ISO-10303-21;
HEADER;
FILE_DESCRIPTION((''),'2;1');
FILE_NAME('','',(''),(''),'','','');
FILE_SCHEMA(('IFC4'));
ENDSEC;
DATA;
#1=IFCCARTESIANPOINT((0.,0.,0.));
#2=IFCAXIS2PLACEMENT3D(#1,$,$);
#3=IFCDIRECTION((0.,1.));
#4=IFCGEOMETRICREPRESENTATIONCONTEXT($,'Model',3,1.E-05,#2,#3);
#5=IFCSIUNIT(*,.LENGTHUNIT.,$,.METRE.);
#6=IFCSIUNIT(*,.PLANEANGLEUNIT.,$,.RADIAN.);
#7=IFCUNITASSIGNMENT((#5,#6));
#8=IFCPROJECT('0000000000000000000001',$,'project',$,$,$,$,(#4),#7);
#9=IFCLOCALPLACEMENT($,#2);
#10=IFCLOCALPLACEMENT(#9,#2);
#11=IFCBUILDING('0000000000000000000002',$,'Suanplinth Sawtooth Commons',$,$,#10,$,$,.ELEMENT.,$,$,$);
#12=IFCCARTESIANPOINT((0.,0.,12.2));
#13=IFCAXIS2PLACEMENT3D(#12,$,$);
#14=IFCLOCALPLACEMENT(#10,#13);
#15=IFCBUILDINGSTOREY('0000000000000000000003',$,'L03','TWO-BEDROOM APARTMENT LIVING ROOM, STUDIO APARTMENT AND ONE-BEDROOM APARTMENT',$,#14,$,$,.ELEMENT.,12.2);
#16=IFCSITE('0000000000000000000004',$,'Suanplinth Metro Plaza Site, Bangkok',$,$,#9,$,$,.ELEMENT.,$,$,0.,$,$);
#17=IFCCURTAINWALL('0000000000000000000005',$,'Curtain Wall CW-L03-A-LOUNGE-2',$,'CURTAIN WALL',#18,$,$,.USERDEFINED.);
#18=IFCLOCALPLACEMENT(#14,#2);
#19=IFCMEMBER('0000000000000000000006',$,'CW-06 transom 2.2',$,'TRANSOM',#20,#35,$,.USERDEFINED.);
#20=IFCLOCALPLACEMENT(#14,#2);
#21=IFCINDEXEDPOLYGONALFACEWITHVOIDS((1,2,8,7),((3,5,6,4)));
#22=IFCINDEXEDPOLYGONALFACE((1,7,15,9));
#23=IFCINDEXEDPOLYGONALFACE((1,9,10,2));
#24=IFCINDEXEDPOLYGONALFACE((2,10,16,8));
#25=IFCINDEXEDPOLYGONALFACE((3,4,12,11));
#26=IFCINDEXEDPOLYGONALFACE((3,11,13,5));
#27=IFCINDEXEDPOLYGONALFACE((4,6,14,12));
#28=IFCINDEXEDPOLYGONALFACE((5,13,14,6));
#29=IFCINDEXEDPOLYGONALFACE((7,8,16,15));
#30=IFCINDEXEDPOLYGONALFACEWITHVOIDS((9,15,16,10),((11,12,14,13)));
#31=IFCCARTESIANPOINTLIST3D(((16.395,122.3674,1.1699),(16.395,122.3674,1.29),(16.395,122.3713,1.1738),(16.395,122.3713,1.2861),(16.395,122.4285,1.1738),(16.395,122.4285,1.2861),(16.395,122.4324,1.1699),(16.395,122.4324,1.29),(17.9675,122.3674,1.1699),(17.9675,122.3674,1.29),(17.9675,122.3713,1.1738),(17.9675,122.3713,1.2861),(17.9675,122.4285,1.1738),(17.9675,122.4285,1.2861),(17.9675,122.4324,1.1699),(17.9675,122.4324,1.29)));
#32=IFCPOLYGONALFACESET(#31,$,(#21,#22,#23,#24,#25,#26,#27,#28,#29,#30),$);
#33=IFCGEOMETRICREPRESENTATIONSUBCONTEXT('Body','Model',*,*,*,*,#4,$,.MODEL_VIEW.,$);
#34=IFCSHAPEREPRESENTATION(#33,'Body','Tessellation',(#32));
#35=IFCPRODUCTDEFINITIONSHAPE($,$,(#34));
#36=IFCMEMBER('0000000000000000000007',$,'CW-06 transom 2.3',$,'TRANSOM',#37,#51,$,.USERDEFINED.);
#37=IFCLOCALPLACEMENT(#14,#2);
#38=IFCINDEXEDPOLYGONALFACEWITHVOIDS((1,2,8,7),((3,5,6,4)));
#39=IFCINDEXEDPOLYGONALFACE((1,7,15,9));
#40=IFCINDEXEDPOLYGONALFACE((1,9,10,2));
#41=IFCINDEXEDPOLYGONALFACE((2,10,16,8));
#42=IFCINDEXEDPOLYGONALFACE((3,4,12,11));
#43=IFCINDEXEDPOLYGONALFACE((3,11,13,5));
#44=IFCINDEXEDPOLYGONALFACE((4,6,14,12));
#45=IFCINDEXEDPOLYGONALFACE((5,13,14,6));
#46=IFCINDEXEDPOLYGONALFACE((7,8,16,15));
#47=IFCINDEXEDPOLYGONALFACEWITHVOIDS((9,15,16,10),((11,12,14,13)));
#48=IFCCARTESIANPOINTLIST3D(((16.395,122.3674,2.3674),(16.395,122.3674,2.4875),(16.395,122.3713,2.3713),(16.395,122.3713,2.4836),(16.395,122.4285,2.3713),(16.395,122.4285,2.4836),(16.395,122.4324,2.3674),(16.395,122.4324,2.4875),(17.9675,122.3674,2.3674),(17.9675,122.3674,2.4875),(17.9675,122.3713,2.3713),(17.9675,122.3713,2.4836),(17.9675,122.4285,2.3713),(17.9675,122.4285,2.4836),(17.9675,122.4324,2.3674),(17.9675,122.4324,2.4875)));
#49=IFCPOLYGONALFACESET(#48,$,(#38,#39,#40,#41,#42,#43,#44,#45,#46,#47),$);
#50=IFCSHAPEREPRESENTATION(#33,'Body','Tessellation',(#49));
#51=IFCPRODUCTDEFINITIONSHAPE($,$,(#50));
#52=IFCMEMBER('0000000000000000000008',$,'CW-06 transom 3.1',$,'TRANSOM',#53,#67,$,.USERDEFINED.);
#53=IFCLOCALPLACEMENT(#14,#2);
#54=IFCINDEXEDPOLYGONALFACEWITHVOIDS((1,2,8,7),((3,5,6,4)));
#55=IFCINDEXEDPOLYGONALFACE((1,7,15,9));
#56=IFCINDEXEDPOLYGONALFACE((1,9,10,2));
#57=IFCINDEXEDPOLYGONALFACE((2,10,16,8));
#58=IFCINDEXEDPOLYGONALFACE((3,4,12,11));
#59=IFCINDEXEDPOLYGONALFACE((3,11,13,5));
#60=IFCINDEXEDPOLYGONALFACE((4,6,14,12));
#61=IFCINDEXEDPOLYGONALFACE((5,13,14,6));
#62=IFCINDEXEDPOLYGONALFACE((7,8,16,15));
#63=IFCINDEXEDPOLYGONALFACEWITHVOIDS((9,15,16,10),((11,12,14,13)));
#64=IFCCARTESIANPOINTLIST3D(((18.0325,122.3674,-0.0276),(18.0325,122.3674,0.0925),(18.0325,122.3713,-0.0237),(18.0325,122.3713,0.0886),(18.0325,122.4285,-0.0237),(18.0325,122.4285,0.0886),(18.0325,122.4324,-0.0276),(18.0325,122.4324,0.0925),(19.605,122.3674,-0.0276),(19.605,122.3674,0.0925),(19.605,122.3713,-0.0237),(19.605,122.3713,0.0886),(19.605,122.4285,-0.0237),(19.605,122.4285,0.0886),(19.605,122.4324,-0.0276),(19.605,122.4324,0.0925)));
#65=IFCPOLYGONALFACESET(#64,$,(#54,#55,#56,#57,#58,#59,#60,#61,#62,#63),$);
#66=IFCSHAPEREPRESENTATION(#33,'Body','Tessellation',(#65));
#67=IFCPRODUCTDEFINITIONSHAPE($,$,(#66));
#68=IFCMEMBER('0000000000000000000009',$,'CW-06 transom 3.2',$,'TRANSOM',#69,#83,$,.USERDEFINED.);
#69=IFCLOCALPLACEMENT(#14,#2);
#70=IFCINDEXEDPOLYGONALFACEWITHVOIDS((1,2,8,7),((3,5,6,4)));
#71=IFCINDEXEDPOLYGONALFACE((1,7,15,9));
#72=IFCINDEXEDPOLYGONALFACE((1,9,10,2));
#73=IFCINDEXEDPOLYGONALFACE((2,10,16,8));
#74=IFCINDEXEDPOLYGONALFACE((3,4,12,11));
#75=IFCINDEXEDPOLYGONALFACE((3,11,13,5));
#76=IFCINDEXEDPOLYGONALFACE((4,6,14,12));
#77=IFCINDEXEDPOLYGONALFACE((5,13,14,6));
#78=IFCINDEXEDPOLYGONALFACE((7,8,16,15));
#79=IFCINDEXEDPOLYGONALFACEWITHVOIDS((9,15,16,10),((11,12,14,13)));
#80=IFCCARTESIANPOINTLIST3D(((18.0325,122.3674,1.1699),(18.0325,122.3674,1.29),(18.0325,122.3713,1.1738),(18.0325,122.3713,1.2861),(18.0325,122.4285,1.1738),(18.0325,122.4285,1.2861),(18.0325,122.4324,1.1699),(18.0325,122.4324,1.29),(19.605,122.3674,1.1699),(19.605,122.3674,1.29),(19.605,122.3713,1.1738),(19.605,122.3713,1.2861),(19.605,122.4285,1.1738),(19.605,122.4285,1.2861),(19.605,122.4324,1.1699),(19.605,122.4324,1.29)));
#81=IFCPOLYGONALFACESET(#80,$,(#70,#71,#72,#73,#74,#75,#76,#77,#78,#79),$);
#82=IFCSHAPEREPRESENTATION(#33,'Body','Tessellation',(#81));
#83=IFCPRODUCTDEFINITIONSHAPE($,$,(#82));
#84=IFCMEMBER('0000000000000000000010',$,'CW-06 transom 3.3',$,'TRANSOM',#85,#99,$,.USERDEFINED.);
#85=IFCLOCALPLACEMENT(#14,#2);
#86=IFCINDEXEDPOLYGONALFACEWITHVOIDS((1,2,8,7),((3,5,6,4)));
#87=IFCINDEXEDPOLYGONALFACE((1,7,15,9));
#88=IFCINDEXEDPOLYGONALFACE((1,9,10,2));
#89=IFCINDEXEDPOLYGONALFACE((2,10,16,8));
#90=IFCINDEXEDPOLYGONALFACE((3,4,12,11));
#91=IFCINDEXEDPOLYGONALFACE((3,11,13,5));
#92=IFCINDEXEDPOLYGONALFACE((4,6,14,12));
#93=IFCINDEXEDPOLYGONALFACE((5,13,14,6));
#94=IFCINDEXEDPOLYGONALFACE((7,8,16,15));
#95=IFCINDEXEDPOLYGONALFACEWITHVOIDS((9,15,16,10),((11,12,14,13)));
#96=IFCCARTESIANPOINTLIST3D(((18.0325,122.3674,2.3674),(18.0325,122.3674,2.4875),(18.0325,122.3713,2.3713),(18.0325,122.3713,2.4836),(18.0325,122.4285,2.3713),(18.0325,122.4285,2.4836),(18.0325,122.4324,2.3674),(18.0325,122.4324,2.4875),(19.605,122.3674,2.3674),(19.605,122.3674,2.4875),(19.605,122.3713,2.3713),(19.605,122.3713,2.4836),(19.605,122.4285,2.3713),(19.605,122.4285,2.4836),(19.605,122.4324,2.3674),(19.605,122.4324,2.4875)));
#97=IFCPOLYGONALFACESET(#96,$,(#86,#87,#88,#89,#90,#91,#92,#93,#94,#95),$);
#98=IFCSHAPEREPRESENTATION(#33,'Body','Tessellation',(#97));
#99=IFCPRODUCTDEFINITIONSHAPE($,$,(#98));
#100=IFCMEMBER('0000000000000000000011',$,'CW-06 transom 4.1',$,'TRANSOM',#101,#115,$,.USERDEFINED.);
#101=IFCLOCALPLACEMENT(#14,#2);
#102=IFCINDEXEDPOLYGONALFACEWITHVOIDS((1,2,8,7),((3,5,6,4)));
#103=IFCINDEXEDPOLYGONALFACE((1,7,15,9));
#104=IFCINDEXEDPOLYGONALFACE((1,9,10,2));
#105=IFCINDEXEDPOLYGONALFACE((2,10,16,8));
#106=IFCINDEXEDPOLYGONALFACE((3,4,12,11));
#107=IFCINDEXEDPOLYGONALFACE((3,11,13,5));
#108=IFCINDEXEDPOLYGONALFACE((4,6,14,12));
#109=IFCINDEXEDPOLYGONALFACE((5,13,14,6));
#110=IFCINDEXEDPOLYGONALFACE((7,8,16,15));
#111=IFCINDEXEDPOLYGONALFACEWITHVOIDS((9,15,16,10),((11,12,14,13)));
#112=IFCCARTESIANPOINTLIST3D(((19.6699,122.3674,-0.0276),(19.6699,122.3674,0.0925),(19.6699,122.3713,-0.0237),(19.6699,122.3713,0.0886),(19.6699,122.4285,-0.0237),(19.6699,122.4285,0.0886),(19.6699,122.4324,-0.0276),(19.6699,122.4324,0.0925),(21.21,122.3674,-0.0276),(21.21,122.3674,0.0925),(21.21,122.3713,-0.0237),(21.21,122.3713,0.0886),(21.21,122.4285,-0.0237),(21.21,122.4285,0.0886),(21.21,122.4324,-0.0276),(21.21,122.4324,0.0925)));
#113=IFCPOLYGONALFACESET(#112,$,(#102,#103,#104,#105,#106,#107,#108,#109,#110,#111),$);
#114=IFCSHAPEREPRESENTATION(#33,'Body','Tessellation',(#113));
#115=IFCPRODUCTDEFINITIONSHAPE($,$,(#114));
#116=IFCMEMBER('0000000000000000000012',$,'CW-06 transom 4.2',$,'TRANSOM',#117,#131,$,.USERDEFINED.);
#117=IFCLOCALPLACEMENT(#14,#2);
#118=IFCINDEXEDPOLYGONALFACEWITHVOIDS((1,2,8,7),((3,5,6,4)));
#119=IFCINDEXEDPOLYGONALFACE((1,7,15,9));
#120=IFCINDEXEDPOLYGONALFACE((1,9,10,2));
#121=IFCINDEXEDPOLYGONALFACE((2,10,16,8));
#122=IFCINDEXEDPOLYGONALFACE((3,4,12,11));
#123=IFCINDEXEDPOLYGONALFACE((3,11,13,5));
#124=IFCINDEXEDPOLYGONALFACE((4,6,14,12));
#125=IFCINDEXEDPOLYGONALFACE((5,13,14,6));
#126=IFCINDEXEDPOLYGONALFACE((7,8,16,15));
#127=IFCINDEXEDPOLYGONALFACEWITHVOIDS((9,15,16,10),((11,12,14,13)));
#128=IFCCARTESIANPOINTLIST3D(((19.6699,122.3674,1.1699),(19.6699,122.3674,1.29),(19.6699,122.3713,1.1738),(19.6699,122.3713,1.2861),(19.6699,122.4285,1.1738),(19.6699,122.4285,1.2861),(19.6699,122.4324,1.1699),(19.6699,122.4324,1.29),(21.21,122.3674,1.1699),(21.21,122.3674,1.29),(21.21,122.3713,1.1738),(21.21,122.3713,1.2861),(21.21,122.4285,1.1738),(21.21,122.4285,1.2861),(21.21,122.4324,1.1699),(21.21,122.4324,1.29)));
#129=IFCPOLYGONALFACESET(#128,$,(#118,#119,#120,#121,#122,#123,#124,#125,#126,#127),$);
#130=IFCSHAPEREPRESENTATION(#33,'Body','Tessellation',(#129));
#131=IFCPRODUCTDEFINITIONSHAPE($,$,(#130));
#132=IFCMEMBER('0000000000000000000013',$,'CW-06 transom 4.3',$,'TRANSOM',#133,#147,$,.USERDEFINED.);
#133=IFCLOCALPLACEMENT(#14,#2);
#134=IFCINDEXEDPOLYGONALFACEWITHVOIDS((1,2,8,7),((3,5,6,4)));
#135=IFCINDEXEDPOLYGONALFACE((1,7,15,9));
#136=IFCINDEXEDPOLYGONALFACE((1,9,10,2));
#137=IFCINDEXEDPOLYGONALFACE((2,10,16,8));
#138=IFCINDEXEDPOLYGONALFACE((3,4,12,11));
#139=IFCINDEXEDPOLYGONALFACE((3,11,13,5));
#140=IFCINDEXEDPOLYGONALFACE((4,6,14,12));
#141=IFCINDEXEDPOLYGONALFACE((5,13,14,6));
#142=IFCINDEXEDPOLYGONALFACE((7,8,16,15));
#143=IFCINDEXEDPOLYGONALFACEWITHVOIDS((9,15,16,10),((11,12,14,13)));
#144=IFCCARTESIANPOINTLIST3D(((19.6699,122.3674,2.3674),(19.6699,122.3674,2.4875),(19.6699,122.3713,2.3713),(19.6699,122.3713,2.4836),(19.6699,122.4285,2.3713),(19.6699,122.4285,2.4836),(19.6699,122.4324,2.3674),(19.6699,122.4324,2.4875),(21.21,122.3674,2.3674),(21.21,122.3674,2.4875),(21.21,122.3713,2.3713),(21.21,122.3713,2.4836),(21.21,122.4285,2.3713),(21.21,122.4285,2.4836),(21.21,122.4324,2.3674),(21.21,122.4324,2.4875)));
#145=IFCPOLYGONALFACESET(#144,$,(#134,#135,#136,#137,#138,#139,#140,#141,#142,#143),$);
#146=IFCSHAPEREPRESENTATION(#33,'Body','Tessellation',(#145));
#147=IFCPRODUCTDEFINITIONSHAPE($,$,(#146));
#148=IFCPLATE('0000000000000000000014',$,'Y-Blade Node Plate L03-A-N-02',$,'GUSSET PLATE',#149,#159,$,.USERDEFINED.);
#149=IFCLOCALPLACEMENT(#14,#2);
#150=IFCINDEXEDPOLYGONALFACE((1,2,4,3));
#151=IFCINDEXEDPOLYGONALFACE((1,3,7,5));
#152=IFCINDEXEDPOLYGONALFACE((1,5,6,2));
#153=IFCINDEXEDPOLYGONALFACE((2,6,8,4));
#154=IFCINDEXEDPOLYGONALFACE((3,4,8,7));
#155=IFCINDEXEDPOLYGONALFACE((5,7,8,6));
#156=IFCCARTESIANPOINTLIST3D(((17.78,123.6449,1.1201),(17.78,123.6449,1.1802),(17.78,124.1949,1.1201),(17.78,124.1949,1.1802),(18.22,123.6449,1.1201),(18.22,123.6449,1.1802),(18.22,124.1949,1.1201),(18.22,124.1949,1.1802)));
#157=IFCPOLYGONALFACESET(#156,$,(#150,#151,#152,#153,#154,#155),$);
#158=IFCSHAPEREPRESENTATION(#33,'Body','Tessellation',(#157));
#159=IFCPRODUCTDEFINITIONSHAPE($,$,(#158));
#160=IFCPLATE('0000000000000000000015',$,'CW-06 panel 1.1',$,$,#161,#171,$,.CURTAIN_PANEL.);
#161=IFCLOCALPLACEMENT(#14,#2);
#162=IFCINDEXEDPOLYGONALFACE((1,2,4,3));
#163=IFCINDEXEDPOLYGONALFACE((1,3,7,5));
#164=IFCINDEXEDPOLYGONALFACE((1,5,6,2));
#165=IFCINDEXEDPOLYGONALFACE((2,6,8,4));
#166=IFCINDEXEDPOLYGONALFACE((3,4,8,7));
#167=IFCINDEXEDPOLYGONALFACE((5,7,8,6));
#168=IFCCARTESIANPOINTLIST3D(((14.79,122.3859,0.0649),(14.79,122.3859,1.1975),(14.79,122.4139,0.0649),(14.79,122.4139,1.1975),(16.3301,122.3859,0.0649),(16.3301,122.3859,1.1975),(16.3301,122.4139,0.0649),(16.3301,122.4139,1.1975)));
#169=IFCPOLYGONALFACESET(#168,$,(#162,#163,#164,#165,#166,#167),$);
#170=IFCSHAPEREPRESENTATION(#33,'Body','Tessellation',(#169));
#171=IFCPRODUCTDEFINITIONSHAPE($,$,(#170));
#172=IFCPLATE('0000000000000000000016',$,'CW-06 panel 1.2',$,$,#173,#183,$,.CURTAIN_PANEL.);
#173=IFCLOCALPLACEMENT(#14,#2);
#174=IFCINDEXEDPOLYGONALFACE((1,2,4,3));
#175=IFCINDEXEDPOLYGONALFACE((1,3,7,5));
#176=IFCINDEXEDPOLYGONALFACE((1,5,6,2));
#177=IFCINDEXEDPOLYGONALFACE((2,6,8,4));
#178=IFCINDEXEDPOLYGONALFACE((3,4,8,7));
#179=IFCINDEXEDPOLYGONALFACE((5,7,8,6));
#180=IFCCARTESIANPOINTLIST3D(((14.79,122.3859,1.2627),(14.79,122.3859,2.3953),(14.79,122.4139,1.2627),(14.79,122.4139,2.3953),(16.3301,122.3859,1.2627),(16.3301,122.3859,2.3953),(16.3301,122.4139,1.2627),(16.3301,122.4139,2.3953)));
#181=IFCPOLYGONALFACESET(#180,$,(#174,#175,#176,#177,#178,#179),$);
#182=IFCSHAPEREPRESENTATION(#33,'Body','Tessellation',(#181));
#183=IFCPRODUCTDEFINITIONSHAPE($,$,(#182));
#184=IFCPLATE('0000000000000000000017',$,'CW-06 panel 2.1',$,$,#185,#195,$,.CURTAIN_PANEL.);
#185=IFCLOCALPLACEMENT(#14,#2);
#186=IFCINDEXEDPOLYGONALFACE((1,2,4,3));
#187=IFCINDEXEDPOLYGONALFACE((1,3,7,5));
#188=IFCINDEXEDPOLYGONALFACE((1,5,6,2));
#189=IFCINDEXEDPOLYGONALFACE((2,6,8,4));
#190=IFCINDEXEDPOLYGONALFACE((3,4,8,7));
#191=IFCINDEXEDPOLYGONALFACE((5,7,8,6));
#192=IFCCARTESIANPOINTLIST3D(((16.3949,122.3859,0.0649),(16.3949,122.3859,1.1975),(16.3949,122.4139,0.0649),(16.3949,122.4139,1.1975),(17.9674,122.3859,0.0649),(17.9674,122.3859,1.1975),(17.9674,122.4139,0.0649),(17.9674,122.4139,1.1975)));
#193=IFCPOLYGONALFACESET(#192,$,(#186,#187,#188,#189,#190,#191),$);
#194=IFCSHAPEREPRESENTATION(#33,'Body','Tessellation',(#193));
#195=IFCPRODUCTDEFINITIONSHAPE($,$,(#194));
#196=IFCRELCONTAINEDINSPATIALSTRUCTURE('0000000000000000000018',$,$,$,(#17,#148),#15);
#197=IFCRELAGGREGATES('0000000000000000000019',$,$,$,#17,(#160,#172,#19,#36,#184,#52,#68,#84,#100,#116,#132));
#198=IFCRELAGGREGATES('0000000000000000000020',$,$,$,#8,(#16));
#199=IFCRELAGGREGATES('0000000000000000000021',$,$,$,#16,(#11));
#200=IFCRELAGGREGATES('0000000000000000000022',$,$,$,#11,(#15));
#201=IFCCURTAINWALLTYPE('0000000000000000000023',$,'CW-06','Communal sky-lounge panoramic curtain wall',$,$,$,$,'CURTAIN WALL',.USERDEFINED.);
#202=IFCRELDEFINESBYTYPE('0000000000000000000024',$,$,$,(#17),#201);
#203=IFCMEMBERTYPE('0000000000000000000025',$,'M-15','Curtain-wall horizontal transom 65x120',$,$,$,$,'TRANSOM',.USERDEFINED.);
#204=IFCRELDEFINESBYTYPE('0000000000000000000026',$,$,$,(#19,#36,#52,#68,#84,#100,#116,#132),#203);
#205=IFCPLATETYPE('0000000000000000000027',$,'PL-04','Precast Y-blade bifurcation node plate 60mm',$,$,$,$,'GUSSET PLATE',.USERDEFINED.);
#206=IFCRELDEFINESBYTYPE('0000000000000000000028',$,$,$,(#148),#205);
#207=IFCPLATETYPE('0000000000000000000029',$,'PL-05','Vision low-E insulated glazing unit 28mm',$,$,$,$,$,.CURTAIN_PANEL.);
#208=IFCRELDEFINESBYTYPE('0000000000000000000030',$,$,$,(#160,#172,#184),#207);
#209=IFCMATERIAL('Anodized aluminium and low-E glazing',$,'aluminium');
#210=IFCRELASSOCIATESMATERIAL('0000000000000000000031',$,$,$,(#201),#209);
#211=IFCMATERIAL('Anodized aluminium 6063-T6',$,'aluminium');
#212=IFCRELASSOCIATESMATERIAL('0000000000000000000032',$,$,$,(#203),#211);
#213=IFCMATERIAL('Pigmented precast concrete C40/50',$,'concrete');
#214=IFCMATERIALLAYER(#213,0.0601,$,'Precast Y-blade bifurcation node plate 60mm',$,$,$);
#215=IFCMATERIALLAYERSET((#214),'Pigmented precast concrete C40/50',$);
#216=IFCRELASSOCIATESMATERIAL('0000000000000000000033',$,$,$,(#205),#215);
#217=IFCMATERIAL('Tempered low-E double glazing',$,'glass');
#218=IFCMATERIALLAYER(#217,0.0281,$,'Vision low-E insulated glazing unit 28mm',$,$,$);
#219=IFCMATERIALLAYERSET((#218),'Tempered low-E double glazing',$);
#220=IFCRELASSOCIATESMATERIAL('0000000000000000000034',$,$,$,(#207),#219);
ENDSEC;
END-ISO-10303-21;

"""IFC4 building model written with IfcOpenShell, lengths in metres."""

from ifc_helpers import new_model, si_unit, direction, frame, origin, origin_2d, place, context, subcontext, project, spatial, rectangle, hollow_rectangle, extrude, material, layer, layer_set, material_profile, profile_set, type_object, element, aggregate, save


model = new_model("IFC4")

# Units and contexts
model_context = context("Model", 3, precision=1e-05, world=origin(), true_north=direction((0.0, 1.0)))
body_context = subcontext(model_context, "Body", "Model", "MODEL_VIEW")
ifc_project = project(units=[si_unit("LENGTHUNIT", "METRE"), si_unit("PLANEANGLEUNIT", "RADIAN")], contexts=[model_context])

# Site, building, storey
site_placement = place(None, origin())
site = spatial("IfcSite", under=ifc_project, at=site_placement, Name="Suanplinth Metro Plaza Site, Bangkok", CompositionType="ELEMENT", RefElevation=0.0)
building_placement = place(site_placement, origin())
building = spatial("IfcBuilding", under=site, at=building_placement, Name="Suanplinth Sawtooth Commons", CompositionType="ELEMENT")
storey_placement = place(building_placement, frame((0.0, 0.0, 12.2)))
storey = spatial("IfcBuildingStorey", under=building, at=storey_placement, Name="L03", Description="TWO-BEDROOM APARTMENT LIVING ROOM, STUDIO APARTMENT AND ONE-BEDROOM APARTMENT", CompositionType="ELEMENT", Elevation=12.2)

# Shared definitions
ifc_material_1 = material(Name="Pigmented precast concrete C40/50", Category="concrete")

# Curtain wall, members
ifc_material_2 = material(Name="Anodized aluminium and low-E glazing", Category="aluminium")
curtain_wall_type = type_object("IfcCurtainWallType", Name="CW-06", Description="Communal sky-lounge panoramic curtain wall", ElementType="CURTAIN WALL", PredefinedType="USERDEFINED", material=ifc_material_2)
curtain_wall_placement = place(storey_placement, origin())
curtain_wall = element("IfcCurtainWall", 1, at=curtain_wall_placement, inside=storey, type_object=curtain_wall_type, Name="Curtain Wall CW-L03-A-LOUNGE-2", ObjectType="CURTAIN WALL", PredefinedType="USERDEFINED")
ifc_material_3 = material(Name="Anodized aluminium 6063-T6", Category="aluminium")
ifc_material_profile_1 = material_profile(ifc_material_3, hollow_rectangle(XDim=0.0649, YDim=0.1201, WallThickness=0.0039, at=origin_2d()), Name="ALU-TRN 65x120")
ifc_profile_set_1 = profile_set([ifc_material_profile_1], Name="Anodized aluminium 6063-T6")
member_type_1 = type_object("IfcMemberType", Name="M-15", Description="Curtain-wall horizontal transom 65x120", ElementType="TRANSOM", PredefinedType="USERDEFINED", material=ifc_profile_set_1)
member_1_placement = place(storey_placement, frame((16.395, 122.3999, 1.23), z_axis=(1.0, 0.0, 0.0), x_axis=(0.0, 1.0, 0.0)))
member_1 = element("IfcMember", 2, at=member_1_placement, type_object=member_type_1, Name="CW-06 transom 2.2", ObjectType="TRANSOM", PredefinedType="USERDEFINED", context=body_context, shape_type="SweptSolid", body=[
    extrude(hollow_rectangle(XDim=0.0649, YDim=0.1201, WallThickness=0.0039, at=origin_2d()), origin(), (0.0, 0.0, 1.0), 1.5725),
])
member_2_placement = place(storey_placement, frame((16.395, 122.3999, 2.4275), z_axis=(1.0, 0.0, 0.0), x_axis=(0.0, 1.0, 0.0)))
member_2 = element("IfcMember", 3, at=member_2_placement, type_object=member_type_1, Name="CW-06 transom 2.3", ObjectType="TRANSOM", PredefinedType="USERDEFINED", context=body_context, shape_type="SweptSolid", body=[
    extrude(hollow_rectangle(XDim=0.0649, YDim=0.1201, WallThickness=0.0039, at=origin_2d()), origin(), (0.0, 0.0, 1.0), 1.5725),
])
member_3_placement = place(storey_placement, frame((18.0325, 122.3999, 0.0325), z_axis=(1.0, 0.0, 0.0), x_axis=(0.0, 1.0, 0.0)))
member_3 = element("IfcMember", 4, at=member_3_placement, type_object=member_type_1, Name="CW-06 transom 3.1", ObjectType="TRANSOM", PredefinedType="USERDEFINED", context=body_context, shape_type="SweptSolid", body=[
    extrude(hollow_rectangle(XDim=0.0649, YDim=0.1201, WallThickness=0.0039, at=origin_2d()), origin(), (0.0, 0.0, 1.0), 1.5725),
])
member_4_placement = place(storey_placement, frame((18.0325, 122.3999, 1.23), z_axis=(1.0, 0.0, 0.0), x_axis=(0.0, 1.0, 0.0)))
member_4 = element("IfcMember", 5, at=member_4_placement, type_object=member_type_1, Name="CW-06 transom 3.2", ObjectType="TRANSOM", PredefinedType="USERDEFINED", context=body_context, shape_type="SweptSolid", body=[
    extrude(hollow_rectangle(XDim=0.0649, YDim=0.1201, WallThickness=0.0039, at=origin_2d()), origin(), (0.0, 0.0, 1.0), 1.5725),
])
member_5_placement = place(storey_placement, frame((18.0325, 122.3999, 2.4275), z_axis=(1.0, 0.0, 0.0), x_axis=(0.0, 1.0, 0.0)))
member_5 = element("IfcMember", 6, at=member_5_placement, type_object=member_type_1, Name="CW-06 transom 3.3", ObjectType="TRANSOM", PredefinedType="USERDEFINED", context=body_context, shape_type="SweptSolid", body=[
    extrude(hollow_rectangle(XDim=0.0649, YDim=0.1201, WallThickness=0.0039, at=origin_2d()), origin(), (0.0, 0.0, 1.0), 1.5725),
])
member_6_placement = place(storey_placement, frame((19.6699, 122.3999, 0.0325), z_axis=(1.0, 0.0, 0.0), x_axis=(0.0, 1.0, 0.0)))
member_6 = element("IfcMember", 7, at=member_6_placement, type_object=member_type_1, Name="CW-06 transom 4.1", ObjectType="TRANSOM", PredefinedType="USERDEFINED", context=body_context, shape_type="SweptSolid", body=[
    extrude(hollow_rectangle(XDim=0.0649, YDim=0.1201, WallThickness=0.0039, at=origin_2d()), origin(), (0.0, 0.0, 1.0), 1.54),
])
member_7_placement = place(storey_placement, frame((19.6699, 122.3999, 1.23), z_axis=(1.0, 0.0, 0.0), x_axis=(0.0, 1.0, 0.0)))
member_7 = element("IfcMember", 8, at=member_7_placement, type_object=member_type_1, Name="CW-06 transom 4.2", ObjectType="TRANSOM", PredefinedType="USERDEFINED", context=body_context, shape_type="SweptSolid", body=[
    extrude(hollow_rectangle(XDim=0.0649, YDim=0.1201, WallThickness=0.0039, at=origin_2d()), origin(), (0.0, 0.0, 1.0), 1.54),
])
member_8_placement = place(storey_placement, frame((19.6699, 122.3999, 2.4275), z_axis=(1.0, 0.0, 0.0), x_axis=(0.0, 1.0, 0.0)))
member_8 = element("IfcMember", 9, at=member_8_placement, type_object=member_type_1, Name="CW-06 transom 4.3", ObjectType="TRANSOM", PredefinedType="USERDEFINED", context=body_context, shape_type="SweptSolid", body=[
    extrude(hollow_rectangle(XDim=0.0649, YDim=0.1201, WallThickness=0.0039, at=origin_2d()), origin(), (0.0, 0.0, 1.0), 1.54),
])

# Plates
ifc_layer_1 = layer(ifc_material_1, 0.0601, Name="Precast Y-blade bifurcation node plate 60mm")
ifc_layer_set_1 = layer_set([ifc_layer_1], Name="Pigmented precast concrete C40/50")
plate_type_1 = type_object("IfcPlateType", Name="PL-04", Description="Precast Y-blade bifurcation node plate 60mm", ElementType="GUSSET PLATE", PredefinedType="USERDEFINED", material=ifc_layer_set_1)
plate_1_placement = place(storey_placement, frame((18.0, 123.9199, 1.1201), z_axis=(0.0, 0.0, 1.0), x_axis=(1.0, 0.0, 0.0)))
element("IfcPlate", 10, at=plate_1_placement, inside=storey, type_object=plate_type_1, Name="Y-Blade Node Plate L03-A-N-02", ObjectType="GUSSET PLATE", PredefinedType="USERDEFINED", context=body_context, shape_type="SweptSolid", body=[
    extrude(rectangle(XDim=0.4399, YDim=0.55, at=origin_2d()), origin(), (0.0, 0.0, 1.0), 0.0601),
])
ifc_material_4 = material(Name="Tempered low-E double glazing", Category="glass")
ifc_layer_2 = layer(ifc_material_4, 0.0281, Name="Vision low-E insulated glazing unit 28mm")
ifc_layer_set_2 = layer_set([ifc_layer_2], Name="Tempered low-E double glazing")
plate_type_2 = type_object("IfcPlateType", Name="PL-05", Description="Vision low-E insulated glazing unit 28mm", PredefinedType="CURTAIN_PANEL", material=ifc_layer_set_2)
plate_2_placement = place(storey_placement, frame((15.5601, 122.3999, 0.0649), z_axis=(0.0, 0.0, 1.0), x_axis=(1.0, 0.0, 0.0)))
plate_2 = element("IfcPlate", 11, at=plate_2_placement, type_object=plate_type_2, Name="CW-06 panel 1.1", PredefinedType="CURTAIN_PANEL", context=body_context, shape_type="SweptSolid", body=[
    extrude(rectangle(XDim=1.54, YDim=0.0281, at=origin_2d()), origin(), (0.0, 0.0, 1.0), 1.1326),
])
plate_3_placement = place(storey_placement, frame((15.5601, 122.3999, 1.2627), z_axis=(0.0, 0.0, 1.0), x_axis=(1.0, 0.0, 0.0)))
plate_3 = element("IfcPlate", 12, at=plate_3_placement, type_object=plate_type_2, Name="CW-06 panel 1.2", PredefinedType="CURTAIN_PANEL", context=body_context, shape_type="SweptSolid", body=[
    extrude(rectangle(XDim=1.54, YDim=0.0281, at=origin_2d()), origin(), (0.0, 0.0, 1.0), 1.1326),
])
plate_4_placement = place(storey_placement, frame((17.1812, 122.3999, 0.0649), z_axis=(0.0, 0.0, 1.0), x_axis=(1.0, 0.0, 0.0)))
plate_4 = element("IfcPlate", 13, at=plate_4_placement, type_object=plate_type_2, Name="CW-06 panel 2.1", PredefinedType="CURTAIN_PANEL", context=body_context, shape_type="SweptSolid", body=[
    extrude(rectangle(XDim=1.5725, YDim=0.0281, at=origin_2d()), origin(), (0.0, 0.0, 1.0), 1.1326),
])
aggregate(curtain_wall, [plate_2, plate_3, member_1, member_2, plate_4, member_3, member_4, member_5, member_6, member_7, member_8])

save(model, "model.ifc")
